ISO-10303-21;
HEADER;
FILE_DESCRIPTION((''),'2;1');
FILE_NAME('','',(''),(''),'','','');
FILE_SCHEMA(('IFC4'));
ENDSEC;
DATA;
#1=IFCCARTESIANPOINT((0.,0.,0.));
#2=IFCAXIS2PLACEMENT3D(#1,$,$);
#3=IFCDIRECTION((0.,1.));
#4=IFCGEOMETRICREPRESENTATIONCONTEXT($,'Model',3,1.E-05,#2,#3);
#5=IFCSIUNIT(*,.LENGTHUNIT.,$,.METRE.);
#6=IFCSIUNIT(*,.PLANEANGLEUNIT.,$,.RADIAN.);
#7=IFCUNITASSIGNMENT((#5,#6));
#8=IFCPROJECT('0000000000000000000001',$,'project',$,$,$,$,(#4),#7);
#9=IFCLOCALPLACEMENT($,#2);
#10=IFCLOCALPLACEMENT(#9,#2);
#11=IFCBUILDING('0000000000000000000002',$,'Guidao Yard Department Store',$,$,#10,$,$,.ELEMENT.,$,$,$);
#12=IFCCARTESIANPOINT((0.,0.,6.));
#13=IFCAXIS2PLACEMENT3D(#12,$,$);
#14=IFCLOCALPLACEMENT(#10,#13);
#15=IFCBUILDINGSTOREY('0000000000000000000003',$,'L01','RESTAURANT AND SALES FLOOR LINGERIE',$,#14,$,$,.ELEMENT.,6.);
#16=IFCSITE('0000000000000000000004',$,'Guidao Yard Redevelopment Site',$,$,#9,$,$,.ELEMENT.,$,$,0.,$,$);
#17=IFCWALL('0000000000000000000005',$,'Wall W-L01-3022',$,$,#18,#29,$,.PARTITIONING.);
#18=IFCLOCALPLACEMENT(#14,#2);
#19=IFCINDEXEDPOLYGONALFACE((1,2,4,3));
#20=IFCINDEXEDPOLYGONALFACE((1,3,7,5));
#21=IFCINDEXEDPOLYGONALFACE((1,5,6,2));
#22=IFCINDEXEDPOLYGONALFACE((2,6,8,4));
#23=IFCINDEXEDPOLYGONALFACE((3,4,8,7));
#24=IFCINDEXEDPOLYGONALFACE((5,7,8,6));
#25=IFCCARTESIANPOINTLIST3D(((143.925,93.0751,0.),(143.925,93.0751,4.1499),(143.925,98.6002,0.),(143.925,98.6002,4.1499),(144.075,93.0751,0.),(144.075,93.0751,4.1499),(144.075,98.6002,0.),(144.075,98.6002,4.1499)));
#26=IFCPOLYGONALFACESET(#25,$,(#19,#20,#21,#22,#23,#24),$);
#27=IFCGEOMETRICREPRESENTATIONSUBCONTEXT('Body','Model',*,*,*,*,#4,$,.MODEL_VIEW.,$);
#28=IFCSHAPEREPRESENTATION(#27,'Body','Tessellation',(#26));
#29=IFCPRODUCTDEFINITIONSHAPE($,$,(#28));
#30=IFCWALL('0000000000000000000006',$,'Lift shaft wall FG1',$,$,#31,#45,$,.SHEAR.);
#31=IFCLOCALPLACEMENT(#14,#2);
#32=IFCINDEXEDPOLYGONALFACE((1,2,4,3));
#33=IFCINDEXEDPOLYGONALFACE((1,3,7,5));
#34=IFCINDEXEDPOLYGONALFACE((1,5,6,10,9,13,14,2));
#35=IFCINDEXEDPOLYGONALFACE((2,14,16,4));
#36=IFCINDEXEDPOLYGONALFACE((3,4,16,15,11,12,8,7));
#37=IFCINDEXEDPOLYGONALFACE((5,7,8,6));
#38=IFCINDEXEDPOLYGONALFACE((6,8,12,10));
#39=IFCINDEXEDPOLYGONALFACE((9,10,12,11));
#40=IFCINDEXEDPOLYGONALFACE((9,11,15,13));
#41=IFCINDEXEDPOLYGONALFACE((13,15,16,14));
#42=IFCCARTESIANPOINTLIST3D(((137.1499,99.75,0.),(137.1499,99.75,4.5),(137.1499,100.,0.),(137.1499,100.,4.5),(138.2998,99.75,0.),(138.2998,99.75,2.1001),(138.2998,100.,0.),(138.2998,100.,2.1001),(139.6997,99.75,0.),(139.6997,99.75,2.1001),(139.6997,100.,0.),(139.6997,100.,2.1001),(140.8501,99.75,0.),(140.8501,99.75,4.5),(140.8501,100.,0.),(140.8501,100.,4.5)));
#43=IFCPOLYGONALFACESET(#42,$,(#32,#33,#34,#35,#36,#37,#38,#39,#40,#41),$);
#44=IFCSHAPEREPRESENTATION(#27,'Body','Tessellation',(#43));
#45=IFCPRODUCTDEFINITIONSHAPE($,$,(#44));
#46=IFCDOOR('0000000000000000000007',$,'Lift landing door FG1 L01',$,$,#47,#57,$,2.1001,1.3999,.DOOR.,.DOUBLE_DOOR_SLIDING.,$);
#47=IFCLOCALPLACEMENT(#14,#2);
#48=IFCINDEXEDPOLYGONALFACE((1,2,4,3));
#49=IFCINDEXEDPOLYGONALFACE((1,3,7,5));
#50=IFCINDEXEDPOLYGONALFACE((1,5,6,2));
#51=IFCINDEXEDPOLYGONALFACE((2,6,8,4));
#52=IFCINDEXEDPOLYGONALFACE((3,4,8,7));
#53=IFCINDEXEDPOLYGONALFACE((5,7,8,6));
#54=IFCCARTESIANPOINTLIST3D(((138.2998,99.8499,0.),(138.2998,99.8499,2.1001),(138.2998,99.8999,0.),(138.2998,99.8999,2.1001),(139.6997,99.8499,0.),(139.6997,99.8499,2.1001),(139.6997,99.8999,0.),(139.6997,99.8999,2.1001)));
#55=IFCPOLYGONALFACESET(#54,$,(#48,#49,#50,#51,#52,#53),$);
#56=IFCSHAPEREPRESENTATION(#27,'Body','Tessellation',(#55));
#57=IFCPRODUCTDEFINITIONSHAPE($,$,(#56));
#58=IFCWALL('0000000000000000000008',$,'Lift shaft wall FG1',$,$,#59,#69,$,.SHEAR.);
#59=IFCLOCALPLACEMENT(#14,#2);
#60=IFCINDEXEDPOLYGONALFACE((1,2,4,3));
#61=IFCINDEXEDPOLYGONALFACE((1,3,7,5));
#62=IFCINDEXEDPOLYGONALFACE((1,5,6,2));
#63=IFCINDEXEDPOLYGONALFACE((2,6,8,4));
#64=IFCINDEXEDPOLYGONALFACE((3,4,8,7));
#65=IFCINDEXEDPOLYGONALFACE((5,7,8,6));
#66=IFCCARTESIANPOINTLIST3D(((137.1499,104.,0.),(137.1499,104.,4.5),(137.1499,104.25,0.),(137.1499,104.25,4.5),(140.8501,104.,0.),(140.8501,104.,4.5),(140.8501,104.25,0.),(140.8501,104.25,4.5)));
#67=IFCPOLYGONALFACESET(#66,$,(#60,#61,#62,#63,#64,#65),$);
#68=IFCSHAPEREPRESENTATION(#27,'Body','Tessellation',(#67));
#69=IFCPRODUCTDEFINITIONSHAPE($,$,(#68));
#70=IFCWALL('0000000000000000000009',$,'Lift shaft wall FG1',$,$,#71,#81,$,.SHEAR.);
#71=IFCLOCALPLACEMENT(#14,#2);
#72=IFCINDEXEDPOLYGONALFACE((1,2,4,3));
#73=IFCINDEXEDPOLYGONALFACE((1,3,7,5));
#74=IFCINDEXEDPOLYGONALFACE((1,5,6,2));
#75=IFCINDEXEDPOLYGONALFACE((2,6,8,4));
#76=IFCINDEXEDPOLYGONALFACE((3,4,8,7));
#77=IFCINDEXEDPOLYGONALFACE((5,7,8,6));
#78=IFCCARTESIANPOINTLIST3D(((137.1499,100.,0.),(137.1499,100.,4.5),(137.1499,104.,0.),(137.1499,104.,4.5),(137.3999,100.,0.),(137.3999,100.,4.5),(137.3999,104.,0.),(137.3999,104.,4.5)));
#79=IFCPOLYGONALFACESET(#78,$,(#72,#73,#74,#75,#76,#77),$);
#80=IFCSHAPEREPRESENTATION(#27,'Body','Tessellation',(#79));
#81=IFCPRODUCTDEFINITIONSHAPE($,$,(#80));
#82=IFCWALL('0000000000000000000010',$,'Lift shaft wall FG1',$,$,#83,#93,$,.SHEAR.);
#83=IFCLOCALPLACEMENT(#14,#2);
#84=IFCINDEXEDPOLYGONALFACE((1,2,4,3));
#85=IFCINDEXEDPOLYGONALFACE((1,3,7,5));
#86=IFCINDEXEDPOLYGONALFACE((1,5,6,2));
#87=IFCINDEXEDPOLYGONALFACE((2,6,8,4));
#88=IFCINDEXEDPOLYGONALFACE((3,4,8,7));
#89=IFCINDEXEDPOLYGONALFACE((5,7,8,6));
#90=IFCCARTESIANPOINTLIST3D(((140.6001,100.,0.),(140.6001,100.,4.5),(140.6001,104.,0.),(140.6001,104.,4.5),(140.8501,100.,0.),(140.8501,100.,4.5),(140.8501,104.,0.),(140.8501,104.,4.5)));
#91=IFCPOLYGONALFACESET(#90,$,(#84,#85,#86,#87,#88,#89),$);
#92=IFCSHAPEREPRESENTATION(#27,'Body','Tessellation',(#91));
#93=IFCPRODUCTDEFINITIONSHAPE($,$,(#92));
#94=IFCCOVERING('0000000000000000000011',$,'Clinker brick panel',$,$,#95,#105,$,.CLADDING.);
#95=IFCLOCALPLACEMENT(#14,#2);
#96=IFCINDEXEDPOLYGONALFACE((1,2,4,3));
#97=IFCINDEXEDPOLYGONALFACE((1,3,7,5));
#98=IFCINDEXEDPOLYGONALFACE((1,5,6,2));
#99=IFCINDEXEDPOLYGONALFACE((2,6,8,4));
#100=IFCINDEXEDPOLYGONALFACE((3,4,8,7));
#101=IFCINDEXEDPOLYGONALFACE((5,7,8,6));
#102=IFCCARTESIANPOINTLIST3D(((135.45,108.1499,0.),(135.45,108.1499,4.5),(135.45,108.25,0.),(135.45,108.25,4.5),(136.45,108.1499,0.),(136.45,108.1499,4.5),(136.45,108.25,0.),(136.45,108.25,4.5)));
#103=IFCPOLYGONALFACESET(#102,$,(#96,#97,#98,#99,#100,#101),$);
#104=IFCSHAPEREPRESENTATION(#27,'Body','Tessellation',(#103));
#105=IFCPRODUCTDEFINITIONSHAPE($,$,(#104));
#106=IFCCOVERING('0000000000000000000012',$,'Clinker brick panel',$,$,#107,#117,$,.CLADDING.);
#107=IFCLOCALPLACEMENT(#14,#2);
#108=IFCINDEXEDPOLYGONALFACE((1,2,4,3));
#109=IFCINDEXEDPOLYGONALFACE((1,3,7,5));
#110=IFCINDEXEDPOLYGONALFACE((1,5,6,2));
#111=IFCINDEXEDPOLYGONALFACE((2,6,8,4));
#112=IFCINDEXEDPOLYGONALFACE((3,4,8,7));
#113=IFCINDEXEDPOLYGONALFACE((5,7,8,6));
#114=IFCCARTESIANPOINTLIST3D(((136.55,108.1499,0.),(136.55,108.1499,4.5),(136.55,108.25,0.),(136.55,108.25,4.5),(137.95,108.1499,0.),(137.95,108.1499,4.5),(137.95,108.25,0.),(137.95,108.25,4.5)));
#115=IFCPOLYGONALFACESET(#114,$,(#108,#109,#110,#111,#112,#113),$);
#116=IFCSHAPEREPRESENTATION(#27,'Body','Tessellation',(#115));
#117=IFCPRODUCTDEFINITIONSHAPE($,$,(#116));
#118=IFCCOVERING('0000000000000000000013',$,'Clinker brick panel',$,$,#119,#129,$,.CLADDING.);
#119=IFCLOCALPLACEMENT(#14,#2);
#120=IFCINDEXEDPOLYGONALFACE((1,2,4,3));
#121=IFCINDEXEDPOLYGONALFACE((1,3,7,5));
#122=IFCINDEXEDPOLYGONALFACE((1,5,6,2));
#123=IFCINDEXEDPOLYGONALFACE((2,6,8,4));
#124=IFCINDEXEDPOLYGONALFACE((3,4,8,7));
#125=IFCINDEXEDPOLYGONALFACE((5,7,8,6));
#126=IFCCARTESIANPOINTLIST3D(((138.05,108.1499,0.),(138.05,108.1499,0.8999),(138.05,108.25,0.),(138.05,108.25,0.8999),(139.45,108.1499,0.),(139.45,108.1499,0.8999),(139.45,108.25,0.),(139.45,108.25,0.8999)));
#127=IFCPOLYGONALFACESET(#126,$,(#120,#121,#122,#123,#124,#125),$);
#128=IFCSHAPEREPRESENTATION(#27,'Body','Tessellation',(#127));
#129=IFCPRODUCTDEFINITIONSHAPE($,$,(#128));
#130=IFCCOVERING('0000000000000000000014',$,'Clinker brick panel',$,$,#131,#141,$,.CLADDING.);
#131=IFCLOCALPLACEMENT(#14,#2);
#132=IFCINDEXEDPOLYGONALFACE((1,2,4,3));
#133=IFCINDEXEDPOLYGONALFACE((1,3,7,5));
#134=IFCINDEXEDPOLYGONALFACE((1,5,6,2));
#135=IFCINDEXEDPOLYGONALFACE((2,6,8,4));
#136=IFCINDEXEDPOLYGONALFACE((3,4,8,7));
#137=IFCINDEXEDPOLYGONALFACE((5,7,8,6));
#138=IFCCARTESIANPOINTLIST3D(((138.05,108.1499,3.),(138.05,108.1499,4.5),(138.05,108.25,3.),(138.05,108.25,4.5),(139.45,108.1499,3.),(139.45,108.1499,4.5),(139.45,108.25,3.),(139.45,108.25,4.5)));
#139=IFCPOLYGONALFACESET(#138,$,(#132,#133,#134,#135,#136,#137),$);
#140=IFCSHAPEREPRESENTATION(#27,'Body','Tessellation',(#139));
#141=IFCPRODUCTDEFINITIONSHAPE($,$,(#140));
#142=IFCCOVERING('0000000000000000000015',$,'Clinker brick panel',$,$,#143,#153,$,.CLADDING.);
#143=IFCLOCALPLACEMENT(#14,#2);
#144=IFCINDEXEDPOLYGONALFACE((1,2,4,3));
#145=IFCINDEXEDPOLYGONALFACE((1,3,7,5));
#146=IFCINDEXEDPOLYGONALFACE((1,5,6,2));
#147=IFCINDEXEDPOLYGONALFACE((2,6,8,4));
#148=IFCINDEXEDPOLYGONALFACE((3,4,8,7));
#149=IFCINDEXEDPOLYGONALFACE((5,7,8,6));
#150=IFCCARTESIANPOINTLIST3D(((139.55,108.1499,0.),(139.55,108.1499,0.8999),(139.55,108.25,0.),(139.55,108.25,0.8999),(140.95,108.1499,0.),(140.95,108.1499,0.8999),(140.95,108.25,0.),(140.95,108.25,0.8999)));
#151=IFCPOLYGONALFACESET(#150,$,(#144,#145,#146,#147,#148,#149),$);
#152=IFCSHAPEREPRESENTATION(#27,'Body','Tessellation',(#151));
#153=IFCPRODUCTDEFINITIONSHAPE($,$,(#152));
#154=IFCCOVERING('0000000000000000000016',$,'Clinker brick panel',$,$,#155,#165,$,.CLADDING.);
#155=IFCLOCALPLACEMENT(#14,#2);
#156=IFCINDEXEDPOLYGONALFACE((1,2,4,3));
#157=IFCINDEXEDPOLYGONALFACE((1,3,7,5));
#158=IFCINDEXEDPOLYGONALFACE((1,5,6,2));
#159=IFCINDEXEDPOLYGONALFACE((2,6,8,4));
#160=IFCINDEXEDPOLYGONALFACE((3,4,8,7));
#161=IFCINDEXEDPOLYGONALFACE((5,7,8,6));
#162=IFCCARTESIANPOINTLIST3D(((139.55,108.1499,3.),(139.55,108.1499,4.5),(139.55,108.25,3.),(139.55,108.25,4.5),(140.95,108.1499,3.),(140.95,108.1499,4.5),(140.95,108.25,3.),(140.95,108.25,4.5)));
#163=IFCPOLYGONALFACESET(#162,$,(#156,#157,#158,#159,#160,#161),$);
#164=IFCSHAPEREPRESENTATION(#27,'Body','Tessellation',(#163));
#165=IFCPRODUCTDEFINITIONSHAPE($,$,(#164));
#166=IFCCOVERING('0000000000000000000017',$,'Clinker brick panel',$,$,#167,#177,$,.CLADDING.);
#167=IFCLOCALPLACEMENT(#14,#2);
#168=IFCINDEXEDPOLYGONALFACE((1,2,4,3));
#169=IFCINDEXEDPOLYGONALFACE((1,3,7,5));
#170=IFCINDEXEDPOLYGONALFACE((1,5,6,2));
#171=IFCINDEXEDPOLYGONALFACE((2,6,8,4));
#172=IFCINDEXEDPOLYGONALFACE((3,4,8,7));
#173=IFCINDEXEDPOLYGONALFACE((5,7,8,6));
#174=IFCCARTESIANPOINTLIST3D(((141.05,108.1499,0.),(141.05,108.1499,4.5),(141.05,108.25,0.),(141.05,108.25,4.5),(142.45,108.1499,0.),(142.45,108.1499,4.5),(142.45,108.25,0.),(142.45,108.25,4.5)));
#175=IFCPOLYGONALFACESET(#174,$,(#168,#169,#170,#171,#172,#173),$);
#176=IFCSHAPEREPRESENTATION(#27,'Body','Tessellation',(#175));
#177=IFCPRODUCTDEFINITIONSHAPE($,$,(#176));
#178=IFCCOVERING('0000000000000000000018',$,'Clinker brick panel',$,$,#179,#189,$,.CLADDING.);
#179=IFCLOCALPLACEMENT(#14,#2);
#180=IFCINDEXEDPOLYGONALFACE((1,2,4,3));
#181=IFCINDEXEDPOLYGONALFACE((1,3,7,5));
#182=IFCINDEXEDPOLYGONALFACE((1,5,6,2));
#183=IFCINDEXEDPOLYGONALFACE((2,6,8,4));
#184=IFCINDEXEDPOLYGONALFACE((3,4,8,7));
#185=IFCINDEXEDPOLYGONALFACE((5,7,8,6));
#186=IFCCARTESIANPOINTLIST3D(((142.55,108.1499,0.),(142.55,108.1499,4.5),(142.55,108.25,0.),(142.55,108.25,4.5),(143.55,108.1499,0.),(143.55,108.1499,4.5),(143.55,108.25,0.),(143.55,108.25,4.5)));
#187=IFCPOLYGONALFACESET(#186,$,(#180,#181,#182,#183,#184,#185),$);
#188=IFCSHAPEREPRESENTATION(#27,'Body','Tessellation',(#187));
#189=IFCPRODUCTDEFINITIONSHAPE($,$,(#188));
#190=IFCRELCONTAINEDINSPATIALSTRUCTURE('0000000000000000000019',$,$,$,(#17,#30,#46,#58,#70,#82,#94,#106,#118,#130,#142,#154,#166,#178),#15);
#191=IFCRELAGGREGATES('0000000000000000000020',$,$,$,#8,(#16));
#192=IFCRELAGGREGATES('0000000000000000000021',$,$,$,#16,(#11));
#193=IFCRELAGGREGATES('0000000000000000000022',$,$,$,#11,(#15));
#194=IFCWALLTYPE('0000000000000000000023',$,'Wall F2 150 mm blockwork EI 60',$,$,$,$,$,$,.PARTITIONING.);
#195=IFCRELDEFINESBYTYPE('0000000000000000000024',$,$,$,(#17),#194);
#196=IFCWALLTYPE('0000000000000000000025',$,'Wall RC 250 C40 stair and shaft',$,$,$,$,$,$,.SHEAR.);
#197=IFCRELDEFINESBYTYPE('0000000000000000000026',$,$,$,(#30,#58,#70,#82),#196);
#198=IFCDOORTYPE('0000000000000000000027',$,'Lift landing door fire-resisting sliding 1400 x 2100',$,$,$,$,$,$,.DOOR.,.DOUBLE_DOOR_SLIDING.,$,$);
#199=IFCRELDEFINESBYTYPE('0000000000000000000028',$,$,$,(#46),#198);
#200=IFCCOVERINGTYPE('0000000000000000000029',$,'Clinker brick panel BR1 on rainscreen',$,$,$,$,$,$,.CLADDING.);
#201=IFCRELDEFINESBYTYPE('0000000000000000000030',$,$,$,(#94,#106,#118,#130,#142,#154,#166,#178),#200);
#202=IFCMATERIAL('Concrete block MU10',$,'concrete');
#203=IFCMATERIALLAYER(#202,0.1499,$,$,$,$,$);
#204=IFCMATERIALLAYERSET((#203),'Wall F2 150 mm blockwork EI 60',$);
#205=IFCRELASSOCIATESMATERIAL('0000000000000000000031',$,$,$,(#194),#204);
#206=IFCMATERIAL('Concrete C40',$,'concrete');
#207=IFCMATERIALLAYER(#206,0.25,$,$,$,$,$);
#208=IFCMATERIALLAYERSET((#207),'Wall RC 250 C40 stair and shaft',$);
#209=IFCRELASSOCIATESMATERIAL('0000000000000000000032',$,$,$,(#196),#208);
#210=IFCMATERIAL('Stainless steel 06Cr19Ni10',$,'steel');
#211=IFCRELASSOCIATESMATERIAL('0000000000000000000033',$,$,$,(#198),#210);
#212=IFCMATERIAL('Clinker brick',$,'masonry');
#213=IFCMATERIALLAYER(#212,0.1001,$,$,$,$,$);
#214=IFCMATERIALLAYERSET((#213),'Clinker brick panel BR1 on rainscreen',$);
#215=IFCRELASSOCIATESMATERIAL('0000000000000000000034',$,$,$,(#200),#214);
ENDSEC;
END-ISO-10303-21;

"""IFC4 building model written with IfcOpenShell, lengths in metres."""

from ifc_helpers import new_model, si_unit, direction, frame, frame_2d, origin, origin_2d, place, context, subcontext, project, spatial, rectangle, extrude, material, layer, layer_set, type_object, element, fill, save


model = new_model("IFC4")

# Units and contexts
model_context = context("Model", 3, precision=1e-05, world=origin(), true_north=direction((0.0, 1.0)))
body_context = subcontext(model_context, "Body", "Model", "MODEL_VIEW")
ifc_project = project(units=[si_unit("LENGTHUNIT", "METRE"), si_unit("PLANEANGLEUNIT", "RADIAN")], contexts=[model_context])

# Site, building, storey
site_placement = place(None, origin())
site = spatial("IfcSite", under=ifc_project, at=site_placement, Name="Guidao Yard Redevelopment Site", CompositionType="ELEMENT", RefElevation=0.0)
building_placement = place(site_placement, origin())
building = spatial("IfcBuilding", under=site, at=building_placement, Name="Guidao Yard Department Store", CompositionType="ELEMENT")
storey_placement = place(building_placement, frame((0.0, 0.0, 6.0)))
storey = spatial("IfcBuildingStorey", under=building, at=storey_placement, Name="L01", Description="RESTAURANT AND SALES FLOOR LINGERIE", CompositionType="ELEMENT", Elevation=6.0)

# Wall
ifc_material_1 = material(Name="Concrete block MU10", Category="concrete")
ifc_layer_1 = layer(ifc_material_1, 0.1499)
ifc_layer_set_1 = layer_set([ifc_layer_1], Name="Wall F2 150 mm blockwork EI 60")
wall_type_1 = type_object("IfcWallType", Name="Wall F2 150 mm blockwork EI 60", PredefinedType="PARTITIONING", material=ifc_layer_set_1)
wall_1_placement = place(storey_placement, frame((144.0, 93.075, 0.0), z_axis=(0.0, 0.0, 1.0), x_axis=(0.0, 1.0, 0.0)))
element("IfcWall", 1, at=wall_1_placement, inside=storey, type_object=wall_type_1, Name="Wall W-L01-3022", PredefinedType="PARTITIONING", context=body_context, shape_type="SweptSolid", body=[
    extrude(rectangle(XDim=5.5251, YDim=0.1499, at=frame_2d((2.7627, 0.0))), origin(), (0.0, 0.0, 1.0), 4.1499),
])

# Wall, opening, door
ifc_material_2 = material(Name="Concrete C40", Category="concrete")
ifc_layer_2 = layer(ifc_material_2, 0.25)
ifc_layer_set_2 = layer_set([ifc_layer_2], Name="Wall RC 250 C40 stair and shaft")
wall_type_2 = type_object("IfcWallType", Name="Wall RC 250 C40 stair and shaft", PredefinedType="SHEAR", material=ifc_layer_set_2)
wall_2_placement = place(storey_placement, frame((137.1499, 99.875, 0.0), z_axis=(0.0, 0.0, 1.0), x_axis=(1.0, 0.0, 0.0)))
wall_2 = element("IfcWall", 2, at=wall_2_placement, inside=storey, type_object=wall_type_2, Name="Lift shaft wall FG1", PredefinedType="SHEAR", context=body_context, shape_type="SweptSolid", body=[
    extrude(rectangle(XDim=3.7002, YDim=0.25, at=frame_2d((1.8501, 0.0))), origin(), (0.0, 0.0, 1.0), 4.5),
])
opening_1_placement = place(wall_2_placement, frame((1.1499, 0.0, 0.0)))
opening_1 = element("IfcOpeningElement", 3, at=opening_1_placement, cuts=wall_2, PredefinedType="OPENING", context=body_context, shape_type="SweptSolid", body=[
    extrude(rectangle(XDim=1.3999, YDim=2.1001, at=frame_2d((0.7, 1.05))), frame((0.0, 0.135, 0.0), z_axis=(0.0, -1.0, 0.0), x_axis=(1.0, 0.0, 0.0)), (0.0, 0.0, 1.0), 0.27),
])
ifc_material_3 = material(Name="Stainless steel 06Cr19Ni10", Category="steel")
door_type_1 = type_object("IfcDoorType", Name="Lift landing door fire-resisting sliding 1400 x 2100", OperationType="DOUBLE_DOOR_SLIDING", PredefinedType="DOOR", material=ifc_material_3)
door_1_placement = place(opening_1_placement, origin())
door_1 = element("IfcDoor", 4, at=door_1_placement, inside=storey, type_object=door_type_1, Name="Lift landing door FG1 L01", OperationType="DOUBLE_DOOR_SLIDING", OverallHeight=2.1001, OverallWidth=1.3999, PredefinedType="DOOR", context=body_context, shape_type="SweptSolid", body=[
    extrude(rectangle(XDim=1.3999, YDim=2.1001, at=frame_2d((0.7, 1.05))), frame((0.0, 0.0249, 0.0), z_axis=(0.0, -1.0, 0.0), x_axis=(1.0, 0.0, 0.0)), (0.0, 0.0, 1.0), 0.05),
])
fill(opening_1, door_1)

# Walls
wall_3_placement = place(storey_placement, frame((137.1499, 104.125, 0.0), z_axis=(0.0, 0.0, 1.0), x_axis=(1.0, 0.0, 0.0)))
element("IfcWall", 5, at=wall_3_placement, inside=storey, type_object=wall_type_2, Name="Lift shaft wall FG1", PredefinedType="SHEAR", context=body_context, shape_type="SweptSolid", body=[
    extrude(rectangle(XDim=3.7002, YDim=0.25, at=frame_2d((1.8501, 0.0))), origin(), (0.0, 0.0, 1.0), 4.5),
])
for number, where, z_axis, x_axis, name in (
    (6, (137.2749, 100.0, 0.0), (0.0, 0.0, 1.0), (0.0, 1.0, 0.0), "Lift shaft wall FG1"),
    (7, (140.7251, 100.0, 0.0), (0.0, 0.0, 1.0), (0.0, 1.0, 0.0), "Lift shaft wall FG1"),
):
    element("IfcWall", number, at=place(storey_placement, frame(where, z_axis=z_axis, x_axis=x_axis)), inside=storey, type_object=wall_type_2, Name=name, PredefinedType="SHEAR", context=body_context, shape_type="SweptSolid", body=[
        extrude(rectangle(XDim=4.0, YDim=0.25, at=frame_2d((2.0, 0.0))), origin(), (0.0, 0.0, 1.0), 4.5),
    ])

# Coverings
ifc_material_4 = material(Name="Clinker brick", Category="masonry")
ifc_layer_3 = layer(ifc_material_4, 0.1001)
ifc_layer_set_3 = layer_set([ifc_layer_3], Name="Clinker brick panel BR1 on rainscreen")
covering_type = type_object("IfcCoveringType", Name="Clinker brick panel BR1 on rainscreen", PredefinedType="CLADDING", material=ifc_layer_set_3)
covering_1_placement = place(storey_placement, frame((135.95, 108.2, 0.0), z_axis=(0.0, 0.0, 1.0), x_axis=(1.0, 0.0, 0.0)))
element("IfcCovering", 8, at=covering_1_placement, inside=storey, type_object=covering_type, Name="Clinker brick panel", PredefinedType="CLADDING", context=body_context, shape_type="SweptSolid", body=[
    extrude(rectangle(XDim=1.0, YDim=0.1001, at=origin_2d()), origin(), (0.0, 0.0, 1.0), 4.5),
])
covering_2_placement = place(storey_placement, frame((137.25, 108.2, 0.0), z_axis=(0.0, 0.0, 1.0), x_axis=(1.0, 0.0, 0.0)))
element("IfcCovering", 9, at=covering_2_placement, inside=storey, type_object=covering_type, Name="Clinker brick panel", PredefinedType="CLADDING", context=body_context, shape_type="SweptSolid", body=[
    extrude(rectangle(XDim=1.3999, YDim=0.1001, at=origin_2d()), origin(), (0.0, 0.0, 1.0), 4.5),
])
covering_3_placement = place(storey_placement, frame((138.75, 108.2, 0.0), z_axis=(0.0, 0.0, 1.0), x_axis=(1.0, 0.0, 0.0)))
element("IfcCovering", 10, at=covering_3_placement, inside=storey, type_object=covering_type, Name="Clinker brick panel", PredefinedType="CLADDING", context=body_context, shape_type="SweptSolid", body=[
    extrude(rectangle(XDim=1.3999, YDim=0.1001, at=origin_2d()), origin(), (0.0, 0.0, 1.0), 0.8999),
])
covering_4_placement = place(storey_placement, frame((138.75, 108.2, 3.0), z_axis=(0.0, 0.0, 1.0), x_axis=(1.0, 0.0, 0.0)))
element("IfcCovering", 11, at=covering_4_placement, inside=storey, type_object=covering_type, Name="Clinker brick panel", PredefinedType="CLADDING", context=body_context, shape_type="SweptSolid", body=[
    extrude(rectangle(XDim=1.3999, YDim=0.1001, at=origin_2d()), origin(), (0.0, 0.0, 1.0), 1.5),
])
covering_5_placement = place(storey_placement, frame((140.25, 108.2, 0.0), z_axis=(0.0, 0.0, 1.0), x_axis=(1.0, 0.0, 0.0)))
element("IfcCovering", 12, at=covering_5_placement, inside=storey, type_object=covering_type, Name="Clinker brick panel", PredefinedType="CLADDING", context=body_context, shape_type="SweptSolid", body=[
    extrude(rectangle(XDim=1.3999, YDim=0.1001, at=origin_2d()), origin(), (0.0, 0.0, 1.0), 0.8999),
])
covering_6_placement = place(storey_placement, frame((140.25, 108.2, 3.0), z_axis=(0.0, 0.0, 1.0), x_axis=(1.0, 0.0, 0.0)))
element("IfcCovering", 13, at=covering_6_placement, inside=storey, type_object=covering_type, Name="Clinker brick panel", PredefinedType="CLADDING", context=body_context, shape_type="SweptSolid", body=[
    extrude(rectangle(XDim=1.3999, YDim=0.1001, at=origin_2d()), origin(), (0.0, 0.0, 1.0), 1.5),
])
covering_7_placement = place(storey_placement, frame((141.75, 108.2, 0.0), z_axis=(0.0, 0.0, 1.0), x_axis=(1.0, 0.0, 0.0)))
element("IfcCovering", 14, at=covering_7_placement, inside=storey, type_object=covering_type, Name="Clinker brick panel", PredefinedType="CLADDING", context=body_context, shape_type="SweptSolid", body=[
    extrude(rectangle(XDim=1.3999, YDim=0.1001, at=origin_2d()), origin(), (0.0, 0.0, 1.0), 4.5),
])
for number, where, z_axis, x_axis, name in (
    (15, (143.05, 108.2, 0.0), (0.0, 0.0, 1.0), (1.0, 0.0, 0.0), "Clinker brick panel"),
):
    element("IfcCovering", number, at=place(storey_placement, frame(where, z_axis=z_axis, x_axis=x_axis)), inside=storey, type_object=covering_type, Name=name, PredefinedType="CLADDING", context=body_context, shape_type="SweptSolid", body=[
        extrude(rectangle(XDim=1.0, YDim=0.1001, at=origin_2d()), origin(), (0.0, 0.0, 1.0), 4.5),
    ])

save(model, "model.ifc")
